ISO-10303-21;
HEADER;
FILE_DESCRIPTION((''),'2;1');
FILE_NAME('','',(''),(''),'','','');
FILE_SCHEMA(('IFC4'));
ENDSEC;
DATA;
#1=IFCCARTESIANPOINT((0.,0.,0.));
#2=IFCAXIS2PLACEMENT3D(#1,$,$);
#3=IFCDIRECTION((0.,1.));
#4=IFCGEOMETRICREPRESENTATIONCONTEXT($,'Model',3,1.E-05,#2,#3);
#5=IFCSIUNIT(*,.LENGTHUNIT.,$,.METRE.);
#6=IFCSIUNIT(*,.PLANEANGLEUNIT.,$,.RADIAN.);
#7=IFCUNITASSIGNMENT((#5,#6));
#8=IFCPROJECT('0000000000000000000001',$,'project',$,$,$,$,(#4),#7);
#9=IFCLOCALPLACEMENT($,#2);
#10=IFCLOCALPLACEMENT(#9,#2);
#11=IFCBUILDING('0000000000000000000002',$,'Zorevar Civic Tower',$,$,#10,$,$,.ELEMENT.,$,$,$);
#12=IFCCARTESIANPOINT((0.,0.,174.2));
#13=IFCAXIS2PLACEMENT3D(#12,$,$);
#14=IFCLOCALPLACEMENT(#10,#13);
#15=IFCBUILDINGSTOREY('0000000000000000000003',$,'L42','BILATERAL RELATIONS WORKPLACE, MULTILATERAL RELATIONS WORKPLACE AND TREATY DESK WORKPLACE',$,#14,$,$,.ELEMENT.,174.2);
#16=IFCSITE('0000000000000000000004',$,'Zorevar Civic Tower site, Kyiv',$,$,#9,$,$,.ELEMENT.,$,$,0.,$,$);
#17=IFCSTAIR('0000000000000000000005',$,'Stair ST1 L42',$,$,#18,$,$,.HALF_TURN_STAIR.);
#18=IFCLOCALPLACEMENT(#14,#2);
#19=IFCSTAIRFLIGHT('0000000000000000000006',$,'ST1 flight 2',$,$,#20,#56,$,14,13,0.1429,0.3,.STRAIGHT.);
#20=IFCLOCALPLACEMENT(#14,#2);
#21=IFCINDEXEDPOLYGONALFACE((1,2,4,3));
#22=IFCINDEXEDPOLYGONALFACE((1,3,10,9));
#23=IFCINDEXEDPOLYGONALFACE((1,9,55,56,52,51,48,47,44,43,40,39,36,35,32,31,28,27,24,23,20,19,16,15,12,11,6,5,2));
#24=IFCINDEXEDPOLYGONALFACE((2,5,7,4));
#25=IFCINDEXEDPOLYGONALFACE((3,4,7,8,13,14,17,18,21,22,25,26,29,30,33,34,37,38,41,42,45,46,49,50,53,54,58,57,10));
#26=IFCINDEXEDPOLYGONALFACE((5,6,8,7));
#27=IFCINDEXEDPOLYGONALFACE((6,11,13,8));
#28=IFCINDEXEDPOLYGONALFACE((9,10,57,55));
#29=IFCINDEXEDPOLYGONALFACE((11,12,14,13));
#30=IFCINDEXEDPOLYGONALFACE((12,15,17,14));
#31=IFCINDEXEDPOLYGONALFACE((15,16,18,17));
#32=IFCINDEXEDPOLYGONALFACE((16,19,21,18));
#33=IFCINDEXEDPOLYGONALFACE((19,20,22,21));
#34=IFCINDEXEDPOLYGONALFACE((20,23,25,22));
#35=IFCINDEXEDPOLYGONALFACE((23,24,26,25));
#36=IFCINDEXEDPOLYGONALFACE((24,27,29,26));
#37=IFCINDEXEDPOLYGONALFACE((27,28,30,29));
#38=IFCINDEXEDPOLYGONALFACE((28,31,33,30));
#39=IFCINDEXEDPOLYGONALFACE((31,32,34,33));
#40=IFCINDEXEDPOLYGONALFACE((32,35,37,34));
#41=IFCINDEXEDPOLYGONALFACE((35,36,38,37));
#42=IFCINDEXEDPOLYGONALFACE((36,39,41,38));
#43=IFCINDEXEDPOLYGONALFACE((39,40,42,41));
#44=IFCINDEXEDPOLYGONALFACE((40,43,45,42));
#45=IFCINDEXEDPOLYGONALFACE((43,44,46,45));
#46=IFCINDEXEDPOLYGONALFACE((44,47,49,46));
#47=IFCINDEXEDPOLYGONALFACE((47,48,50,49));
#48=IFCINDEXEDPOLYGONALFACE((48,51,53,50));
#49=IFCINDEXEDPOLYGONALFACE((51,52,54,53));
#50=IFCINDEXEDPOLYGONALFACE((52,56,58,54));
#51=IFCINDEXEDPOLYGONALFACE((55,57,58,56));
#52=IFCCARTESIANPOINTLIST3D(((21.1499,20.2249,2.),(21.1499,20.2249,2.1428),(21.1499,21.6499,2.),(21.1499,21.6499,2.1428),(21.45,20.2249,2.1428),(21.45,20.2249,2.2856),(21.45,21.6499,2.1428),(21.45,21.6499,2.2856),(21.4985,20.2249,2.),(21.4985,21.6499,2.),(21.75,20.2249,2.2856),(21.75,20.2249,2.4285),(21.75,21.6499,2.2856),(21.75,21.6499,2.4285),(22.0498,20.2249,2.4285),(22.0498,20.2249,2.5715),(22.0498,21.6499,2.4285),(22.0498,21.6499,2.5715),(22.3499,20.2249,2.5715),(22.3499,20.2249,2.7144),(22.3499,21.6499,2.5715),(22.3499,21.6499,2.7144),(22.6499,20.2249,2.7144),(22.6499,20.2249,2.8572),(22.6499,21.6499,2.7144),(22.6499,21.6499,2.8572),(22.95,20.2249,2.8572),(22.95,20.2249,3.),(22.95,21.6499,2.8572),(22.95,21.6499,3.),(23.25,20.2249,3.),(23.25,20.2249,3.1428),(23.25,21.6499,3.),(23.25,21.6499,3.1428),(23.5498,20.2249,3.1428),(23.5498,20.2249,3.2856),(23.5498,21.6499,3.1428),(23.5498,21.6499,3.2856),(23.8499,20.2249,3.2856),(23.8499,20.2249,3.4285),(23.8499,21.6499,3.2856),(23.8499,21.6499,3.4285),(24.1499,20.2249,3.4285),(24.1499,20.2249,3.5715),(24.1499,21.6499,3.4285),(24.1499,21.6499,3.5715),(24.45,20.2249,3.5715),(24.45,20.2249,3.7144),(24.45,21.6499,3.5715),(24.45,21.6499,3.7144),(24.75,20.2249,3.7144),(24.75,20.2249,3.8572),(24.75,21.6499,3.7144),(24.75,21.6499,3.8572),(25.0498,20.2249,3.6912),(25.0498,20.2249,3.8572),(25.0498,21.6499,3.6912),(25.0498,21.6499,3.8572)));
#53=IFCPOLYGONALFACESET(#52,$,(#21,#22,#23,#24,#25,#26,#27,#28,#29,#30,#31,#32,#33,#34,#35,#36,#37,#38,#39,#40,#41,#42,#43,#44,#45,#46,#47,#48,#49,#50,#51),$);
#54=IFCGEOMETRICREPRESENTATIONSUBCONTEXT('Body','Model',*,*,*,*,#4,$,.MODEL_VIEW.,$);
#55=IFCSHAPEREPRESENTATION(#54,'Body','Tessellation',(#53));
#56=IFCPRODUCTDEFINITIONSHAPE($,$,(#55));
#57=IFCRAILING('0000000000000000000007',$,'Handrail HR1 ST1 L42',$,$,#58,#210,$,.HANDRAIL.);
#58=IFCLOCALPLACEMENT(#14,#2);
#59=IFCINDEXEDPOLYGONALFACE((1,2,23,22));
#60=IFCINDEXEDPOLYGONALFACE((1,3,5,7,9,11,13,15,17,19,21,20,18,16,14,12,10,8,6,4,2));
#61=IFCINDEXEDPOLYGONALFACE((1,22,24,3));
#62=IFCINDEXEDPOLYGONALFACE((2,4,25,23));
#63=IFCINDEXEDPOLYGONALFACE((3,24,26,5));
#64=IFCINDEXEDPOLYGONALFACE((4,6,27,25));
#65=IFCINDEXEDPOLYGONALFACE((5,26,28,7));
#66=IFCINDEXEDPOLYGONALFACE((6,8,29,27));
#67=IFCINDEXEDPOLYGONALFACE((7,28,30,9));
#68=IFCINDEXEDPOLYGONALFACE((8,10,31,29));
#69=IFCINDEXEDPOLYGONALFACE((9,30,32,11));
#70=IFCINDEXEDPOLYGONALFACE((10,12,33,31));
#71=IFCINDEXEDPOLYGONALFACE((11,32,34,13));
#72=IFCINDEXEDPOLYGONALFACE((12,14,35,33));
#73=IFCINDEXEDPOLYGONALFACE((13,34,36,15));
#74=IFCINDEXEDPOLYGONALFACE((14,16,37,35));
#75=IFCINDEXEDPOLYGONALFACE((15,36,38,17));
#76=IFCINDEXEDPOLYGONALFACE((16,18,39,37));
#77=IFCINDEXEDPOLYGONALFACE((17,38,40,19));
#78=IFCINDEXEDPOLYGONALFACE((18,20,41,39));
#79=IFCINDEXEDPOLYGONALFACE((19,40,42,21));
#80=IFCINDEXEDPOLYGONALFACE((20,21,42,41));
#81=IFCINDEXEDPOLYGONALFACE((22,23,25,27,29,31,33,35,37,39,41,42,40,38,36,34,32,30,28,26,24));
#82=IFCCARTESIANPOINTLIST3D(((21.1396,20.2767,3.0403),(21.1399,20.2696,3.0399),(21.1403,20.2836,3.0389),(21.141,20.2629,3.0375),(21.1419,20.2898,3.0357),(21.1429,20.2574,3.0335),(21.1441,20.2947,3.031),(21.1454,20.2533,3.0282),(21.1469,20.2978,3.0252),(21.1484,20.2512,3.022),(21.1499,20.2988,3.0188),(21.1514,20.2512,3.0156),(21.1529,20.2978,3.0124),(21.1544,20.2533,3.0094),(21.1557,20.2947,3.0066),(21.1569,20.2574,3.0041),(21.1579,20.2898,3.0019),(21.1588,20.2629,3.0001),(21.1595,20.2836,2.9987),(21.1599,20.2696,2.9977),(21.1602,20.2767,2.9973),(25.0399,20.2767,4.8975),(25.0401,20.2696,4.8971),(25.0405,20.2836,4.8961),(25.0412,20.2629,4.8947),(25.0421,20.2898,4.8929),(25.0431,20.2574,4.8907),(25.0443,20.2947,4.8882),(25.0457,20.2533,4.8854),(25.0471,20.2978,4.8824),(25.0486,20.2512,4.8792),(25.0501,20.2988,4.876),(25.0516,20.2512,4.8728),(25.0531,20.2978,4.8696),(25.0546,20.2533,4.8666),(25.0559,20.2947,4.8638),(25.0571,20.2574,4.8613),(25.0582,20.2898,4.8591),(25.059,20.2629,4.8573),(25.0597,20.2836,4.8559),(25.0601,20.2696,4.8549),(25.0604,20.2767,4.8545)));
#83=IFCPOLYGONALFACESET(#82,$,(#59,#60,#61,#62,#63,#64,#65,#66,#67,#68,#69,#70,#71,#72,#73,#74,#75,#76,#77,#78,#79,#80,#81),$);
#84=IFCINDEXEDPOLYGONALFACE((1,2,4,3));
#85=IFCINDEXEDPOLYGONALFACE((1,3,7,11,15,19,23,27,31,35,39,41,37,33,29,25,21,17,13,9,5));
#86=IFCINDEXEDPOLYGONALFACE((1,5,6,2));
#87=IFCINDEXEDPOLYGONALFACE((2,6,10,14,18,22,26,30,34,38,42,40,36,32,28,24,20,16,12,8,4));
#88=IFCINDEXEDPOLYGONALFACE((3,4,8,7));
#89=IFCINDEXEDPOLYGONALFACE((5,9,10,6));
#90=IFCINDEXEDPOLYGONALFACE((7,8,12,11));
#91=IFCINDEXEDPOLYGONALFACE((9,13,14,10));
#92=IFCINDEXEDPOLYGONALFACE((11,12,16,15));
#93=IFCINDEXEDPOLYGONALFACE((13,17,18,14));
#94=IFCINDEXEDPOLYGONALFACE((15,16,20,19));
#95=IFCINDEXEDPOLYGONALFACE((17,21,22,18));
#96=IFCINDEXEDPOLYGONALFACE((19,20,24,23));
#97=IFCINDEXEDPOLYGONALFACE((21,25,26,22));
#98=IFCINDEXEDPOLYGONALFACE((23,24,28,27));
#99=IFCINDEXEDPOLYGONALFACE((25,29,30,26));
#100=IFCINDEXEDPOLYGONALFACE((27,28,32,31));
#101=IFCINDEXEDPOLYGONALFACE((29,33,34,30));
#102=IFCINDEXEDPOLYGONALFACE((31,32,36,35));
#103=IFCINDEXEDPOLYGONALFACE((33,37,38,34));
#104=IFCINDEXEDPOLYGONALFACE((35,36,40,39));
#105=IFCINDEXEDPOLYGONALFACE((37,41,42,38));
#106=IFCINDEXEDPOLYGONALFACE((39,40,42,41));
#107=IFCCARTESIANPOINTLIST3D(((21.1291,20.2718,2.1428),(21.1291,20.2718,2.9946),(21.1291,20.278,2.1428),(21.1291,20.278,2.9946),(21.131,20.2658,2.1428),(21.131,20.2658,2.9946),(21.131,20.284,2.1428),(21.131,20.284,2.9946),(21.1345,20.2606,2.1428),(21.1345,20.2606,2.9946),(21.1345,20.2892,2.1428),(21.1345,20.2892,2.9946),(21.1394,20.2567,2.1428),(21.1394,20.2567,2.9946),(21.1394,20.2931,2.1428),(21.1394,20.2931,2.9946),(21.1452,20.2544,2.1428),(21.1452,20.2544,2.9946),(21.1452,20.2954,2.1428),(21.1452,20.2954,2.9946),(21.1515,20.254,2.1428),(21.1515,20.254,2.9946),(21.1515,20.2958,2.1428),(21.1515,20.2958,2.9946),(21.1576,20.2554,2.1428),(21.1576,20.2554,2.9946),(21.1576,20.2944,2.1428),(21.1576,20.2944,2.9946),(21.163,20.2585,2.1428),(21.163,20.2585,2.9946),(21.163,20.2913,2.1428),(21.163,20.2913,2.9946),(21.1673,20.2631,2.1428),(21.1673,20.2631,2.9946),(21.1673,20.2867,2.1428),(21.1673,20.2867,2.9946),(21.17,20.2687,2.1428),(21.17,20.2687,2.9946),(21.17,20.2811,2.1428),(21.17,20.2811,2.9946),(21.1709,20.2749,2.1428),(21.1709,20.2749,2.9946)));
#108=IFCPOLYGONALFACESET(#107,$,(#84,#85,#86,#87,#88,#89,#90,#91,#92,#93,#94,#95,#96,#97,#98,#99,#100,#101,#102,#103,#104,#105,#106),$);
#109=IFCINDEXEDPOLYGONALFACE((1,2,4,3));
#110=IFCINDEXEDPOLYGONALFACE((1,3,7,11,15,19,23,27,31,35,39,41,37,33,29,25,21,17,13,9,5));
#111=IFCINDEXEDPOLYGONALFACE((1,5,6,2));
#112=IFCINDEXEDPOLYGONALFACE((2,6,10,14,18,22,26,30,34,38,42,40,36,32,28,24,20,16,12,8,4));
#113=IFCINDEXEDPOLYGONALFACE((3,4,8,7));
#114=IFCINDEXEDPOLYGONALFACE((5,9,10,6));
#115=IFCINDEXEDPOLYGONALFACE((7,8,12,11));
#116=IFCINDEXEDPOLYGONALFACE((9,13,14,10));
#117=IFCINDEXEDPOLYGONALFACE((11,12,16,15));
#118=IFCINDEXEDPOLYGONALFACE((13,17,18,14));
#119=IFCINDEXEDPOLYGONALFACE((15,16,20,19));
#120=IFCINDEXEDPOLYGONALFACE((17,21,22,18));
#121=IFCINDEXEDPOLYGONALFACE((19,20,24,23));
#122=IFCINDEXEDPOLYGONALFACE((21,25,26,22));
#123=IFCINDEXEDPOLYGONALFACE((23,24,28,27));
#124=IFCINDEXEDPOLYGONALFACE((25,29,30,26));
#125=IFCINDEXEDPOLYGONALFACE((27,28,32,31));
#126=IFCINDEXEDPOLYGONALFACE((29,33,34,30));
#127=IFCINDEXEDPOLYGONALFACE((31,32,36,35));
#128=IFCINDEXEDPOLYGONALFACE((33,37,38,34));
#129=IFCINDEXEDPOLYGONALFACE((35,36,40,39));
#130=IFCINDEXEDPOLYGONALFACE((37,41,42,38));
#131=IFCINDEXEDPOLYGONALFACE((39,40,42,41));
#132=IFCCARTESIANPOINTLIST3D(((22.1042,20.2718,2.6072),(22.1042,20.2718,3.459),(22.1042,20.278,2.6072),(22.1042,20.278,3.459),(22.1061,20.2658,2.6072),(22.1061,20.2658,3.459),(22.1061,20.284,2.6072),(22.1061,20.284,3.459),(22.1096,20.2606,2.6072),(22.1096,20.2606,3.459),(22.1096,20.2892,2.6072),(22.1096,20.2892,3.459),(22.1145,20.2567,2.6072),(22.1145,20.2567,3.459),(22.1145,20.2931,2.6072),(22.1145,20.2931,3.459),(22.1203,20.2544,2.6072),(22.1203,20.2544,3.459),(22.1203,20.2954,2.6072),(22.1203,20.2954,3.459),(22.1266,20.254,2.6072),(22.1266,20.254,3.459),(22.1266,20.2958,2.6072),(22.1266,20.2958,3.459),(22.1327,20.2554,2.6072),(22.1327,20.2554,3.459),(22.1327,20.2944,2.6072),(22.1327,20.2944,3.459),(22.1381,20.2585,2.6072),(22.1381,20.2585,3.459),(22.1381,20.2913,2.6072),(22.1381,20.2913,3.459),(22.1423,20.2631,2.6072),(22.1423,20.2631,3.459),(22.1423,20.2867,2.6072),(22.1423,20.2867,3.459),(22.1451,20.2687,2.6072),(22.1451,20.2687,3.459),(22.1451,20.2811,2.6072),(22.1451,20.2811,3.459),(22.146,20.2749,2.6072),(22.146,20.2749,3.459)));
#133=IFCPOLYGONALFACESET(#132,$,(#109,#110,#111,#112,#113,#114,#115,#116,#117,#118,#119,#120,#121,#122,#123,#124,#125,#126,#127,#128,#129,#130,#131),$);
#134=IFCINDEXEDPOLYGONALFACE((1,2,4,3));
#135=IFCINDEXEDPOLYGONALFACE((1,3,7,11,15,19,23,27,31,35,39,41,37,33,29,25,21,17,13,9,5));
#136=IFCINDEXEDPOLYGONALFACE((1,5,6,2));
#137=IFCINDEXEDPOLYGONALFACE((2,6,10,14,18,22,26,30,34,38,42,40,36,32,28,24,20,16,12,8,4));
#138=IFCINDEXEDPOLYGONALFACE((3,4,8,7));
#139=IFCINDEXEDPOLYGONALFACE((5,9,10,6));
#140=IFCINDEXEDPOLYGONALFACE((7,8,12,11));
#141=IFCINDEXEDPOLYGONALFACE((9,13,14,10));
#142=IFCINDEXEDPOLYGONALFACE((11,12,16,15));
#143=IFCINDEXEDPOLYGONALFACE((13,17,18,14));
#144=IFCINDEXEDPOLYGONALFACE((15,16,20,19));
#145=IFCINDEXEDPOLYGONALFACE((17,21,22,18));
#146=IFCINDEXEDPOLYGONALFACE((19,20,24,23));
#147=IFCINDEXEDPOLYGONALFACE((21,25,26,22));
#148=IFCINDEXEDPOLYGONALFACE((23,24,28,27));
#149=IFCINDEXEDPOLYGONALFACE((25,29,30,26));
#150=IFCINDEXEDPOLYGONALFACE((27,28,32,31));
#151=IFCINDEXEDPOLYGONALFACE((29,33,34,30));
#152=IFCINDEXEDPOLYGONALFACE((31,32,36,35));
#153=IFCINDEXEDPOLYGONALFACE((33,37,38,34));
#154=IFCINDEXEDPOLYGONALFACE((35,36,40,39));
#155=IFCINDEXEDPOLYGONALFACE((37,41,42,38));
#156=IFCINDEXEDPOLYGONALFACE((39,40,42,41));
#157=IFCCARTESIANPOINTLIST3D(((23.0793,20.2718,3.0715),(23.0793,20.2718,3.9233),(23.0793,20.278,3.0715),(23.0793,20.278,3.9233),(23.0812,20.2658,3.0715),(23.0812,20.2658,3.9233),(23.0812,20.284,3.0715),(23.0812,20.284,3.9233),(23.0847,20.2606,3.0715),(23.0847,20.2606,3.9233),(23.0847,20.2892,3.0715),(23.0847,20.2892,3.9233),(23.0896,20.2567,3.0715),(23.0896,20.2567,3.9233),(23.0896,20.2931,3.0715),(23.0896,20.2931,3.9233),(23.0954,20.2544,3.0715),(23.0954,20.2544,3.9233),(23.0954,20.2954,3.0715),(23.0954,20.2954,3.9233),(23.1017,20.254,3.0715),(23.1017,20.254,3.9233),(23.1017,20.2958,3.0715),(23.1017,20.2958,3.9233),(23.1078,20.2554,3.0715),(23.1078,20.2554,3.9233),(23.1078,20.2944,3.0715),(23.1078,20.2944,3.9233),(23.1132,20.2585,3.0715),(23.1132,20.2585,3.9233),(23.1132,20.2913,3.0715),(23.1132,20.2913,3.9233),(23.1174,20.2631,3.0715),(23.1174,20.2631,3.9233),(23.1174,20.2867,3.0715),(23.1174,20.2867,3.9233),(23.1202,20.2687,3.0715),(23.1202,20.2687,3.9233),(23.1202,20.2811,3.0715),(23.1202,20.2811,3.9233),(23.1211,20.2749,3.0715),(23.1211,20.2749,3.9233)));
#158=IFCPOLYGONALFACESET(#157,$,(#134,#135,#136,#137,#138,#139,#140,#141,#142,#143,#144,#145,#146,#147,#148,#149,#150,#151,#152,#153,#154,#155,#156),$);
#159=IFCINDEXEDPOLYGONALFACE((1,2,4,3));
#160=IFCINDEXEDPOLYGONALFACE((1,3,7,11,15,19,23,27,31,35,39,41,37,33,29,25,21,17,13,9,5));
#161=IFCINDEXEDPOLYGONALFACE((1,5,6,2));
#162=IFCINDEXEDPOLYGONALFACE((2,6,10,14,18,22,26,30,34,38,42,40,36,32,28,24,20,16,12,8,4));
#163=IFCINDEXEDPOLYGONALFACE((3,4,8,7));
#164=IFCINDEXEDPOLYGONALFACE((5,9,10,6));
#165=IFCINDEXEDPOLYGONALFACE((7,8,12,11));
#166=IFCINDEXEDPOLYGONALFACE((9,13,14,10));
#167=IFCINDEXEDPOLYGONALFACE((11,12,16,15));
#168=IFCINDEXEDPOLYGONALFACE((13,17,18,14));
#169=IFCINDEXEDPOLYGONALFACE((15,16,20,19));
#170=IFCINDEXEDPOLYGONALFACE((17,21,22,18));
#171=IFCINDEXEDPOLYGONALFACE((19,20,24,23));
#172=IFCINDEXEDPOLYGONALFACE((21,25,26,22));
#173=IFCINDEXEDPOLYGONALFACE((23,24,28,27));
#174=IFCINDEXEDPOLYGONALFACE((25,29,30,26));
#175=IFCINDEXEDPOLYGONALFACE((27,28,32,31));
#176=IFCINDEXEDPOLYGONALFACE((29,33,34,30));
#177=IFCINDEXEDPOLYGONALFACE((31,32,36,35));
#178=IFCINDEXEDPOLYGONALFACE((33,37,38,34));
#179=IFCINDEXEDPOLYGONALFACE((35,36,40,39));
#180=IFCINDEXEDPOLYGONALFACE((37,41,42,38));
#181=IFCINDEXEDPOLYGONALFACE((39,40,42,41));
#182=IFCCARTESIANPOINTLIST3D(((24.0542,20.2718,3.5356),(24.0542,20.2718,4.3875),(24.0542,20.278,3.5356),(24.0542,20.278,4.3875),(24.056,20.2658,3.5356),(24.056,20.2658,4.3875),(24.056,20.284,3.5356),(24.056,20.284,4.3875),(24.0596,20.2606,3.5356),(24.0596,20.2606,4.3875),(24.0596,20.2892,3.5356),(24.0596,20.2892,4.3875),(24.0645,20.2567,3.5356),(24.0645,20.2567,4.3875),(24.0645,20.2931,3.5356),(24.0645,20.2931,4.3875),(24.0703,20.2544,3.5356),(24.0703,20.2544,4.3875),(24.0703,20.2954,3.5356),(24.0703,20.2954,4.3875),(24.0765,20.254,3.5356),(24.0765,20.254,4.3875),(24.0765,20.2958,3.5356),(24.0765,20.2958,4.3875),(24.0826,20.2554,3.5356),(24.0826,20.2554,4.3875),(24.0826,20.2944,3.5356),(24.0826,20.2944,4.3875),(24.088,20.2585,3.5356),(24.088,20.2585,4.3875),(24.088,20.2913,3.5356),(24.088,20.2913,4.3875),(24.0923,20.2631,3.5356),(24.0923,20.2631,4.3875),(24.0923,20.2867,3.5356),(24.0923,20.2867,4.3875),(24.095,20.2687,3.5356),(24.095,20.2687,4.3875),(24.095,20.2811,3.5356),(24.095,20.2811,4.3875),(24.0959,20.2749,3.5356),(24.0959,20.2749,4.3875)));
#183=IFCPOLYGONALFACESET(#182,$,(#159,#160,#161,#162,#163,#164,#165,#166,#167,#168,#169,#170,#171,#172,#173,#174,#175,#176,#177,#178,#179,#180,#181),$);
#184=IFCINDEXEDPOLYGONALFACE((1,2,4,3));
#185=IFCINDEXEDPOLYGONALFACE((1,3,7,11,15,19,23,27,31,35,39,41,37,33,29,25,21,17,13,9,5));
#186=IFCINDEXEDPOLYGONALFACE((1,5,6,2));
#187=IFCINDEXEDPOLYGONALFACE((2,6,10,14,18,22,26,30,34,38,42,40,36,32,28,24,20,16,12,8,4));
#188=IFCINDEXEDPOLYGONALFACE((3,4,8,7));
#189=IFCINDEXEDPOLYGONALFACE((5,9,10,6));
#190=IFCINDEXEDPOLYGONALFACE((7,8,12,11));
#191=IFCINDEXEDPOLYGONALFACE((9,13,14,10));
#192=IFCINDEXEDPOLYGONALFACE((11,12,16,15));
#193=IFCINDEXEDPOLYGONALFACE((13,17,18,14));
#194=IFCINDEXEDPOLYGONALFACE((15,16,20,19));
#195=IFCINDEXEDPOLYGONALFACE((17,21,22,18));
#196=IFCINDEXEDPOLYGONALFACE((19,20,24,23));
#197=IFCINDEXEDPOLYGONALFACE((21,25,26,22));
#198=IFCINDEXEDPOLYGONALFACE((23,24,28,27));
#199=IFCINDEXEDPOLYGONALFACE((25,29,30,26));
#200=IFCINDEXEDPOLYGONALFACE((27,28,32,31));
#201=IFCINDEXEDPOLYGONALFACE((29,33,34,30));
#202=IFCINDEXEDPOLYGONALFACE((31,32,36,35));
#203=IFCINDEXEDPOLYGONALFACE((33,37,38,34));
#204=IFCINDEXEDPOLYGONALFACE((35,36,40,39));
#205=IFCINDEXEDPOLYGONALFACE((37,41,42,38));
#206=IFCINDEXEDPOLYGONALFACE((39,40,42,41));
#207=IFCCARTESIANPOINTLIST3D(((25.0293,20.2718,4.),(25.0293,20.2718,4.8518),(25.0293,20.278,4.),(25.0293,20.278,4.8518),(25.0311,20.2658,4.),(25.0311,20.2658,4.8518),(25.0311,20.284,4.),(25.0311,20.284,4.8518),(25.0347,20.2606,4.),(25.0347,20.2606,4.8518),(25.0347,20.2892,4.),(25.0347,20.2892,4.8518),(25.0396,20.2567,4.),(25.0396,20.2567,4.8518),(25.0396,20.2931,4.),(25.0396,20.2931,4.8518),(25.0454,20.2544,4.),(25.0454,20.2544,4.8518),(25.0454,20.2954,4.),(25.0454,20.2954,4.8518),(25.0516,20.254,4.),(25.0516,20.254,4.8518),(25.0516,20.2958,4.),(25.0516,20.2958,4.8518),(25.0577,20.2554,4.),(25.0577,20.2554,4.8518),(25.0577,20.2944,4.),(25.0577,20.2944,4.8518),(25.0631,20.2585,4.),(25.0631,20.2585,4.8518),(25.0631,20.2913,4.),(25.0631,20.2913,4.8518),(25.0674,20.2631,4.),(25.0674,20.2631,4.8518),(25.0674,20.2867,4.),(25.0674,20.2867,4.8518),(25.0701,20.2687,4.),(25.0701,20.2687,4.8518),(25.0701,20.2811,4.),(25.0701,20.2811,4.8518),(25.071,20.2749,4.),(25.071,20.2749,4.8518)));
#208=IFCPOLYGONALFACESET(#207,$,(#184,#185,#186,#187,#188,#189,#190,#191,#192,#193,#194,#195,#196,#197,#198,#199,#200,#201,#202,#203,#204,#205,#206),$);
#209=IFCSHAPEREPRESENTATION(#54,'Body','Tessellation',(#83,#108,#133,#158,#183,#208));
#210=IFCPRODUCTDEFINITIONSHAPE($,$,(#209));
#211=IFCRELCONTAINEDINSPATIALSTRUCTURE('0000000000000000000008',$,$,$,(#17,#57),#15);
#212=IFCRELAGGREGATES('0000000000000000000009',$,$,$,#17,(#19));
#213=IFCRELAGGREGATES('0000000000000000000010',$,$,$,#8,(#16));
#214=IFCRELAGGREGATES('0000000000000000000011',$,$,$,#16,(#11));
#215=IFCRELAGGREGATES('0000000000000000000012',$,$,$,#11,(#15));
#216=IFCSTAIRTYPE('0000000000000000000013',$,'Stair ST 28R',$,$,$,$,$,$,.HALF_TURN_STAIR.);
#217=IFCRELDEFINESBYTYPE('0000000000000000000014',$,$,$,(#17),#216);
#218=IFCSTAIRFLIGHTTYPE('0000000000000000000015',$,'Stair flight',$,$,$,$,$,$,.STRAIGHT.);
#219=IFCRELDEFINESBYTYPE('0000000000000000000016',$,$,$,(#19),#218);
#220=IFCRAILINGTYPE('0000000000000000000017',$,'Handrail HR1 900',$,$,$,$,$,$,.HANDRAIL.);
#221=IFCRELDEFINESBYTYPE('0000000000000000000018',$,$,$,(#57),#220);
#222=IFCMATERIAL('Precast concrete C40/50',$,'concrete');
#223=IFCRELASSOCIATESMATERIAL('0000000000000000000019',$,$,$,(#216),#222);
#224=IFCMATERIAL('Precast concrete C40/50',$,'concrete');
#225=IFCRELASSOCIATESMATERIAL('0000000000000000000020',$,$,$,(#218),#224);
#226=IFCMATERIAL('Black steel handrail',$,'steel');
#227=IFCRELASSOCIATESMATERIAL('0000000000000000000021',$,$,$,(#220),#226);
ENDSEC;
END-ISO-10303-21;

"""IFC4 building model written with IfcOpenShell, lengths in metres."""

from ifc_helpers import new_model, si_unit, direction, frame, origin, origin_2d, place, context, subcontext, project, spatial, polyline, circle, outline, extrude, material, type_object, element, aggregate, save


model = new_model("IFC4")

# Units and contexts
model_context = context("Model", 3, precision=1e-05, world=origin(), true_north=direction((0.0, 1.0)))
body_context = subcontext(model_context, "Body", "Model", "MODEL_VIEW")
ifc_project = project(units=[si_unit("LENGTHUNIT", "METRE"), si_unit("PLANEANGLEUNIT", "RADIAN")], contexts=[model_context])

# Site, building, storey
site_placement = place(None, origin())
site = spatial("IfcSite", under=ifc_project, at=site_placement, Name="Zorevar Civic Tower site, Kyiv", CompositionType="ELEMENT", RefElevation=0.0)
building_placement = place(site_placement, origin())
building = spatial("IfcBuilding", under=site, at=building_placement, Name="Zorevar Civic Tower", CompositionType="ELEMENT")
storey_placement = place(building_placement, frame((0.0, 0.0, 174.2)))
storey = spatial("IfcBuildingStorey", under=building, at=storey_placement, Name="L42", Description="BILATERAL RELATIONS WORKPLACE, MULTILATERAL RELATIONS WORKPLACE AND TREATY DESK WORKPLACE", CompositionType="ELEMENT", Elevation=174.2)

# Stair, stair flight
ifc_material_1 = material(Name="Precast concrete C40/50", Category="concrete")
stair_type = type_object("IfcStairType", Name="Stair ST 28R", PredefinedType="HALF_TURN_STAIR", material=ifc_material_1)
stair_placement = place(storey_placement, origin())
stair = element("IfcStair", 1, at=stair_placement, inside=storey, type_object=stair_type, Name="Stair ST1 L42", PredefinedType="HALF_TURN_STAIR")
ifc_material_2 = material(Name="Precast concrete C40/50", Category="concrete")
stair_flight_type = type_object("IfcStairFlightType", Name="Stair flight", PredefinedType="STRAIGHT", material=ifc_material_2)
stair_flight_placement = place(storey_placement, frame((21.1499, 20.9375, 2.0), z_axis=(0.0, 0.0, 1.0), x_axis=(1.0, 0.0, 0.0)))
stair_flight = element("IfcStairFlight", 2, at=stair_flight_placement, type_object=stair_flight_type, Name="ST1 flight 2", NumberOfRisers=14, NumberOfTreads=13, PredefinedType="STRAIGHT", RiserHeight=0.1429, TreadLength=0.3, context=body_context, shape_type="SweptSolid", body=[
    extrude(outline(polyline([(0.0, 0.0), (0.0, 0.1428), (0.3, 0.1428), (0.3, 0.2856), (0.6001, 0.2856), (0.6001, 0.4285), (0.8999, 0.4285), (0.8999, 0.5715), (1.2, 0.5715), (1.2, 0.7144), (1.5, 0.7144), (1.5, 0.8572), (1.8, 0.8572), (1.8, 1.0), (2.1001, 1.0), (2.1001, 1.1428), (2.3999, 1.1428), (2.3999, 1.2856), (2.7, 1.2856), (2.7, 1.4285), (3.0, 1.4285), (3.0, 1.5715), (3.3, 1.5715), (3.3, 1.7144), (3.6001, 1.7144), (3.6001, 1.8572), (3.8999, 1.8572), (3.8999, 2.0), (3.8999, 1.6912), (0.3486, 0.0), (0.0, 0.0)])), frame((0.0, 0.7124, 0.0), z_axis=(0.0, -1.0, 0.0), x_axis=(1.0, 0.0, 0.0)), (0.0, 0.0, 1.0), 1.425),
])
aggregate(stair, [stair_flight])

# Railing
ifc_material_3 = material(Name="Black steel handrail", Category="steel")
railing_type = type_object("IfcRailingType", Name="Handrail HR1 900", PredefinedType="HANDRAIL", material=ifc_material_3)
railing_placement = place(storey_placement, frame((21.1499, 20.2749, 2.1428)))
element("IfcRailing", 3, at=railing_placement, inside=storey, type_object=railing_type, Name="Handrail HR1 ST1 L42", PredefinedType="HANDRAIL", context=body_context, shape_type="SweptSolid", body=[
    extrude(circle(Radius=0.0239, at=origin_2d()), frame((0.0, 0.0, 0.876), z_axis=(0.902864, 0.0, 0.429927), x_axis=(0.0, 1.0, 0.0)), (0.0, 0.0, 1.0), 4.3198),
    extrude(circle(Radius=0.021, at=origin_2d()), origin(), (0.0, 0.0, 1.0), 0.8518),
    extrude(circle(Radius=0.021, at=origin_2d()), frame((0.9751, 0.0, 0.4644)), (0.0, 0.0, 1.0), 0.8518),
    extrude(circle(Radius=0.021, at=origin_2d()), frame((1.9502, 0.0, 0.9287)), (0.0, 0.0, 1.0), 0.8518),
    extrude(circle(Radius=0.021, at=origin_2d()), frame((2.925, 0.0, 1.3928)), (0.0, 0.0, 1.0), 0.8518),
    extrude(circle(Radius=0.021, at=origin_2d()), frame((3.9001, 0.0, 1.8572)), (0.0, 0.0, 1.0), 0.8518),
])

save(model, "model.ifc")
